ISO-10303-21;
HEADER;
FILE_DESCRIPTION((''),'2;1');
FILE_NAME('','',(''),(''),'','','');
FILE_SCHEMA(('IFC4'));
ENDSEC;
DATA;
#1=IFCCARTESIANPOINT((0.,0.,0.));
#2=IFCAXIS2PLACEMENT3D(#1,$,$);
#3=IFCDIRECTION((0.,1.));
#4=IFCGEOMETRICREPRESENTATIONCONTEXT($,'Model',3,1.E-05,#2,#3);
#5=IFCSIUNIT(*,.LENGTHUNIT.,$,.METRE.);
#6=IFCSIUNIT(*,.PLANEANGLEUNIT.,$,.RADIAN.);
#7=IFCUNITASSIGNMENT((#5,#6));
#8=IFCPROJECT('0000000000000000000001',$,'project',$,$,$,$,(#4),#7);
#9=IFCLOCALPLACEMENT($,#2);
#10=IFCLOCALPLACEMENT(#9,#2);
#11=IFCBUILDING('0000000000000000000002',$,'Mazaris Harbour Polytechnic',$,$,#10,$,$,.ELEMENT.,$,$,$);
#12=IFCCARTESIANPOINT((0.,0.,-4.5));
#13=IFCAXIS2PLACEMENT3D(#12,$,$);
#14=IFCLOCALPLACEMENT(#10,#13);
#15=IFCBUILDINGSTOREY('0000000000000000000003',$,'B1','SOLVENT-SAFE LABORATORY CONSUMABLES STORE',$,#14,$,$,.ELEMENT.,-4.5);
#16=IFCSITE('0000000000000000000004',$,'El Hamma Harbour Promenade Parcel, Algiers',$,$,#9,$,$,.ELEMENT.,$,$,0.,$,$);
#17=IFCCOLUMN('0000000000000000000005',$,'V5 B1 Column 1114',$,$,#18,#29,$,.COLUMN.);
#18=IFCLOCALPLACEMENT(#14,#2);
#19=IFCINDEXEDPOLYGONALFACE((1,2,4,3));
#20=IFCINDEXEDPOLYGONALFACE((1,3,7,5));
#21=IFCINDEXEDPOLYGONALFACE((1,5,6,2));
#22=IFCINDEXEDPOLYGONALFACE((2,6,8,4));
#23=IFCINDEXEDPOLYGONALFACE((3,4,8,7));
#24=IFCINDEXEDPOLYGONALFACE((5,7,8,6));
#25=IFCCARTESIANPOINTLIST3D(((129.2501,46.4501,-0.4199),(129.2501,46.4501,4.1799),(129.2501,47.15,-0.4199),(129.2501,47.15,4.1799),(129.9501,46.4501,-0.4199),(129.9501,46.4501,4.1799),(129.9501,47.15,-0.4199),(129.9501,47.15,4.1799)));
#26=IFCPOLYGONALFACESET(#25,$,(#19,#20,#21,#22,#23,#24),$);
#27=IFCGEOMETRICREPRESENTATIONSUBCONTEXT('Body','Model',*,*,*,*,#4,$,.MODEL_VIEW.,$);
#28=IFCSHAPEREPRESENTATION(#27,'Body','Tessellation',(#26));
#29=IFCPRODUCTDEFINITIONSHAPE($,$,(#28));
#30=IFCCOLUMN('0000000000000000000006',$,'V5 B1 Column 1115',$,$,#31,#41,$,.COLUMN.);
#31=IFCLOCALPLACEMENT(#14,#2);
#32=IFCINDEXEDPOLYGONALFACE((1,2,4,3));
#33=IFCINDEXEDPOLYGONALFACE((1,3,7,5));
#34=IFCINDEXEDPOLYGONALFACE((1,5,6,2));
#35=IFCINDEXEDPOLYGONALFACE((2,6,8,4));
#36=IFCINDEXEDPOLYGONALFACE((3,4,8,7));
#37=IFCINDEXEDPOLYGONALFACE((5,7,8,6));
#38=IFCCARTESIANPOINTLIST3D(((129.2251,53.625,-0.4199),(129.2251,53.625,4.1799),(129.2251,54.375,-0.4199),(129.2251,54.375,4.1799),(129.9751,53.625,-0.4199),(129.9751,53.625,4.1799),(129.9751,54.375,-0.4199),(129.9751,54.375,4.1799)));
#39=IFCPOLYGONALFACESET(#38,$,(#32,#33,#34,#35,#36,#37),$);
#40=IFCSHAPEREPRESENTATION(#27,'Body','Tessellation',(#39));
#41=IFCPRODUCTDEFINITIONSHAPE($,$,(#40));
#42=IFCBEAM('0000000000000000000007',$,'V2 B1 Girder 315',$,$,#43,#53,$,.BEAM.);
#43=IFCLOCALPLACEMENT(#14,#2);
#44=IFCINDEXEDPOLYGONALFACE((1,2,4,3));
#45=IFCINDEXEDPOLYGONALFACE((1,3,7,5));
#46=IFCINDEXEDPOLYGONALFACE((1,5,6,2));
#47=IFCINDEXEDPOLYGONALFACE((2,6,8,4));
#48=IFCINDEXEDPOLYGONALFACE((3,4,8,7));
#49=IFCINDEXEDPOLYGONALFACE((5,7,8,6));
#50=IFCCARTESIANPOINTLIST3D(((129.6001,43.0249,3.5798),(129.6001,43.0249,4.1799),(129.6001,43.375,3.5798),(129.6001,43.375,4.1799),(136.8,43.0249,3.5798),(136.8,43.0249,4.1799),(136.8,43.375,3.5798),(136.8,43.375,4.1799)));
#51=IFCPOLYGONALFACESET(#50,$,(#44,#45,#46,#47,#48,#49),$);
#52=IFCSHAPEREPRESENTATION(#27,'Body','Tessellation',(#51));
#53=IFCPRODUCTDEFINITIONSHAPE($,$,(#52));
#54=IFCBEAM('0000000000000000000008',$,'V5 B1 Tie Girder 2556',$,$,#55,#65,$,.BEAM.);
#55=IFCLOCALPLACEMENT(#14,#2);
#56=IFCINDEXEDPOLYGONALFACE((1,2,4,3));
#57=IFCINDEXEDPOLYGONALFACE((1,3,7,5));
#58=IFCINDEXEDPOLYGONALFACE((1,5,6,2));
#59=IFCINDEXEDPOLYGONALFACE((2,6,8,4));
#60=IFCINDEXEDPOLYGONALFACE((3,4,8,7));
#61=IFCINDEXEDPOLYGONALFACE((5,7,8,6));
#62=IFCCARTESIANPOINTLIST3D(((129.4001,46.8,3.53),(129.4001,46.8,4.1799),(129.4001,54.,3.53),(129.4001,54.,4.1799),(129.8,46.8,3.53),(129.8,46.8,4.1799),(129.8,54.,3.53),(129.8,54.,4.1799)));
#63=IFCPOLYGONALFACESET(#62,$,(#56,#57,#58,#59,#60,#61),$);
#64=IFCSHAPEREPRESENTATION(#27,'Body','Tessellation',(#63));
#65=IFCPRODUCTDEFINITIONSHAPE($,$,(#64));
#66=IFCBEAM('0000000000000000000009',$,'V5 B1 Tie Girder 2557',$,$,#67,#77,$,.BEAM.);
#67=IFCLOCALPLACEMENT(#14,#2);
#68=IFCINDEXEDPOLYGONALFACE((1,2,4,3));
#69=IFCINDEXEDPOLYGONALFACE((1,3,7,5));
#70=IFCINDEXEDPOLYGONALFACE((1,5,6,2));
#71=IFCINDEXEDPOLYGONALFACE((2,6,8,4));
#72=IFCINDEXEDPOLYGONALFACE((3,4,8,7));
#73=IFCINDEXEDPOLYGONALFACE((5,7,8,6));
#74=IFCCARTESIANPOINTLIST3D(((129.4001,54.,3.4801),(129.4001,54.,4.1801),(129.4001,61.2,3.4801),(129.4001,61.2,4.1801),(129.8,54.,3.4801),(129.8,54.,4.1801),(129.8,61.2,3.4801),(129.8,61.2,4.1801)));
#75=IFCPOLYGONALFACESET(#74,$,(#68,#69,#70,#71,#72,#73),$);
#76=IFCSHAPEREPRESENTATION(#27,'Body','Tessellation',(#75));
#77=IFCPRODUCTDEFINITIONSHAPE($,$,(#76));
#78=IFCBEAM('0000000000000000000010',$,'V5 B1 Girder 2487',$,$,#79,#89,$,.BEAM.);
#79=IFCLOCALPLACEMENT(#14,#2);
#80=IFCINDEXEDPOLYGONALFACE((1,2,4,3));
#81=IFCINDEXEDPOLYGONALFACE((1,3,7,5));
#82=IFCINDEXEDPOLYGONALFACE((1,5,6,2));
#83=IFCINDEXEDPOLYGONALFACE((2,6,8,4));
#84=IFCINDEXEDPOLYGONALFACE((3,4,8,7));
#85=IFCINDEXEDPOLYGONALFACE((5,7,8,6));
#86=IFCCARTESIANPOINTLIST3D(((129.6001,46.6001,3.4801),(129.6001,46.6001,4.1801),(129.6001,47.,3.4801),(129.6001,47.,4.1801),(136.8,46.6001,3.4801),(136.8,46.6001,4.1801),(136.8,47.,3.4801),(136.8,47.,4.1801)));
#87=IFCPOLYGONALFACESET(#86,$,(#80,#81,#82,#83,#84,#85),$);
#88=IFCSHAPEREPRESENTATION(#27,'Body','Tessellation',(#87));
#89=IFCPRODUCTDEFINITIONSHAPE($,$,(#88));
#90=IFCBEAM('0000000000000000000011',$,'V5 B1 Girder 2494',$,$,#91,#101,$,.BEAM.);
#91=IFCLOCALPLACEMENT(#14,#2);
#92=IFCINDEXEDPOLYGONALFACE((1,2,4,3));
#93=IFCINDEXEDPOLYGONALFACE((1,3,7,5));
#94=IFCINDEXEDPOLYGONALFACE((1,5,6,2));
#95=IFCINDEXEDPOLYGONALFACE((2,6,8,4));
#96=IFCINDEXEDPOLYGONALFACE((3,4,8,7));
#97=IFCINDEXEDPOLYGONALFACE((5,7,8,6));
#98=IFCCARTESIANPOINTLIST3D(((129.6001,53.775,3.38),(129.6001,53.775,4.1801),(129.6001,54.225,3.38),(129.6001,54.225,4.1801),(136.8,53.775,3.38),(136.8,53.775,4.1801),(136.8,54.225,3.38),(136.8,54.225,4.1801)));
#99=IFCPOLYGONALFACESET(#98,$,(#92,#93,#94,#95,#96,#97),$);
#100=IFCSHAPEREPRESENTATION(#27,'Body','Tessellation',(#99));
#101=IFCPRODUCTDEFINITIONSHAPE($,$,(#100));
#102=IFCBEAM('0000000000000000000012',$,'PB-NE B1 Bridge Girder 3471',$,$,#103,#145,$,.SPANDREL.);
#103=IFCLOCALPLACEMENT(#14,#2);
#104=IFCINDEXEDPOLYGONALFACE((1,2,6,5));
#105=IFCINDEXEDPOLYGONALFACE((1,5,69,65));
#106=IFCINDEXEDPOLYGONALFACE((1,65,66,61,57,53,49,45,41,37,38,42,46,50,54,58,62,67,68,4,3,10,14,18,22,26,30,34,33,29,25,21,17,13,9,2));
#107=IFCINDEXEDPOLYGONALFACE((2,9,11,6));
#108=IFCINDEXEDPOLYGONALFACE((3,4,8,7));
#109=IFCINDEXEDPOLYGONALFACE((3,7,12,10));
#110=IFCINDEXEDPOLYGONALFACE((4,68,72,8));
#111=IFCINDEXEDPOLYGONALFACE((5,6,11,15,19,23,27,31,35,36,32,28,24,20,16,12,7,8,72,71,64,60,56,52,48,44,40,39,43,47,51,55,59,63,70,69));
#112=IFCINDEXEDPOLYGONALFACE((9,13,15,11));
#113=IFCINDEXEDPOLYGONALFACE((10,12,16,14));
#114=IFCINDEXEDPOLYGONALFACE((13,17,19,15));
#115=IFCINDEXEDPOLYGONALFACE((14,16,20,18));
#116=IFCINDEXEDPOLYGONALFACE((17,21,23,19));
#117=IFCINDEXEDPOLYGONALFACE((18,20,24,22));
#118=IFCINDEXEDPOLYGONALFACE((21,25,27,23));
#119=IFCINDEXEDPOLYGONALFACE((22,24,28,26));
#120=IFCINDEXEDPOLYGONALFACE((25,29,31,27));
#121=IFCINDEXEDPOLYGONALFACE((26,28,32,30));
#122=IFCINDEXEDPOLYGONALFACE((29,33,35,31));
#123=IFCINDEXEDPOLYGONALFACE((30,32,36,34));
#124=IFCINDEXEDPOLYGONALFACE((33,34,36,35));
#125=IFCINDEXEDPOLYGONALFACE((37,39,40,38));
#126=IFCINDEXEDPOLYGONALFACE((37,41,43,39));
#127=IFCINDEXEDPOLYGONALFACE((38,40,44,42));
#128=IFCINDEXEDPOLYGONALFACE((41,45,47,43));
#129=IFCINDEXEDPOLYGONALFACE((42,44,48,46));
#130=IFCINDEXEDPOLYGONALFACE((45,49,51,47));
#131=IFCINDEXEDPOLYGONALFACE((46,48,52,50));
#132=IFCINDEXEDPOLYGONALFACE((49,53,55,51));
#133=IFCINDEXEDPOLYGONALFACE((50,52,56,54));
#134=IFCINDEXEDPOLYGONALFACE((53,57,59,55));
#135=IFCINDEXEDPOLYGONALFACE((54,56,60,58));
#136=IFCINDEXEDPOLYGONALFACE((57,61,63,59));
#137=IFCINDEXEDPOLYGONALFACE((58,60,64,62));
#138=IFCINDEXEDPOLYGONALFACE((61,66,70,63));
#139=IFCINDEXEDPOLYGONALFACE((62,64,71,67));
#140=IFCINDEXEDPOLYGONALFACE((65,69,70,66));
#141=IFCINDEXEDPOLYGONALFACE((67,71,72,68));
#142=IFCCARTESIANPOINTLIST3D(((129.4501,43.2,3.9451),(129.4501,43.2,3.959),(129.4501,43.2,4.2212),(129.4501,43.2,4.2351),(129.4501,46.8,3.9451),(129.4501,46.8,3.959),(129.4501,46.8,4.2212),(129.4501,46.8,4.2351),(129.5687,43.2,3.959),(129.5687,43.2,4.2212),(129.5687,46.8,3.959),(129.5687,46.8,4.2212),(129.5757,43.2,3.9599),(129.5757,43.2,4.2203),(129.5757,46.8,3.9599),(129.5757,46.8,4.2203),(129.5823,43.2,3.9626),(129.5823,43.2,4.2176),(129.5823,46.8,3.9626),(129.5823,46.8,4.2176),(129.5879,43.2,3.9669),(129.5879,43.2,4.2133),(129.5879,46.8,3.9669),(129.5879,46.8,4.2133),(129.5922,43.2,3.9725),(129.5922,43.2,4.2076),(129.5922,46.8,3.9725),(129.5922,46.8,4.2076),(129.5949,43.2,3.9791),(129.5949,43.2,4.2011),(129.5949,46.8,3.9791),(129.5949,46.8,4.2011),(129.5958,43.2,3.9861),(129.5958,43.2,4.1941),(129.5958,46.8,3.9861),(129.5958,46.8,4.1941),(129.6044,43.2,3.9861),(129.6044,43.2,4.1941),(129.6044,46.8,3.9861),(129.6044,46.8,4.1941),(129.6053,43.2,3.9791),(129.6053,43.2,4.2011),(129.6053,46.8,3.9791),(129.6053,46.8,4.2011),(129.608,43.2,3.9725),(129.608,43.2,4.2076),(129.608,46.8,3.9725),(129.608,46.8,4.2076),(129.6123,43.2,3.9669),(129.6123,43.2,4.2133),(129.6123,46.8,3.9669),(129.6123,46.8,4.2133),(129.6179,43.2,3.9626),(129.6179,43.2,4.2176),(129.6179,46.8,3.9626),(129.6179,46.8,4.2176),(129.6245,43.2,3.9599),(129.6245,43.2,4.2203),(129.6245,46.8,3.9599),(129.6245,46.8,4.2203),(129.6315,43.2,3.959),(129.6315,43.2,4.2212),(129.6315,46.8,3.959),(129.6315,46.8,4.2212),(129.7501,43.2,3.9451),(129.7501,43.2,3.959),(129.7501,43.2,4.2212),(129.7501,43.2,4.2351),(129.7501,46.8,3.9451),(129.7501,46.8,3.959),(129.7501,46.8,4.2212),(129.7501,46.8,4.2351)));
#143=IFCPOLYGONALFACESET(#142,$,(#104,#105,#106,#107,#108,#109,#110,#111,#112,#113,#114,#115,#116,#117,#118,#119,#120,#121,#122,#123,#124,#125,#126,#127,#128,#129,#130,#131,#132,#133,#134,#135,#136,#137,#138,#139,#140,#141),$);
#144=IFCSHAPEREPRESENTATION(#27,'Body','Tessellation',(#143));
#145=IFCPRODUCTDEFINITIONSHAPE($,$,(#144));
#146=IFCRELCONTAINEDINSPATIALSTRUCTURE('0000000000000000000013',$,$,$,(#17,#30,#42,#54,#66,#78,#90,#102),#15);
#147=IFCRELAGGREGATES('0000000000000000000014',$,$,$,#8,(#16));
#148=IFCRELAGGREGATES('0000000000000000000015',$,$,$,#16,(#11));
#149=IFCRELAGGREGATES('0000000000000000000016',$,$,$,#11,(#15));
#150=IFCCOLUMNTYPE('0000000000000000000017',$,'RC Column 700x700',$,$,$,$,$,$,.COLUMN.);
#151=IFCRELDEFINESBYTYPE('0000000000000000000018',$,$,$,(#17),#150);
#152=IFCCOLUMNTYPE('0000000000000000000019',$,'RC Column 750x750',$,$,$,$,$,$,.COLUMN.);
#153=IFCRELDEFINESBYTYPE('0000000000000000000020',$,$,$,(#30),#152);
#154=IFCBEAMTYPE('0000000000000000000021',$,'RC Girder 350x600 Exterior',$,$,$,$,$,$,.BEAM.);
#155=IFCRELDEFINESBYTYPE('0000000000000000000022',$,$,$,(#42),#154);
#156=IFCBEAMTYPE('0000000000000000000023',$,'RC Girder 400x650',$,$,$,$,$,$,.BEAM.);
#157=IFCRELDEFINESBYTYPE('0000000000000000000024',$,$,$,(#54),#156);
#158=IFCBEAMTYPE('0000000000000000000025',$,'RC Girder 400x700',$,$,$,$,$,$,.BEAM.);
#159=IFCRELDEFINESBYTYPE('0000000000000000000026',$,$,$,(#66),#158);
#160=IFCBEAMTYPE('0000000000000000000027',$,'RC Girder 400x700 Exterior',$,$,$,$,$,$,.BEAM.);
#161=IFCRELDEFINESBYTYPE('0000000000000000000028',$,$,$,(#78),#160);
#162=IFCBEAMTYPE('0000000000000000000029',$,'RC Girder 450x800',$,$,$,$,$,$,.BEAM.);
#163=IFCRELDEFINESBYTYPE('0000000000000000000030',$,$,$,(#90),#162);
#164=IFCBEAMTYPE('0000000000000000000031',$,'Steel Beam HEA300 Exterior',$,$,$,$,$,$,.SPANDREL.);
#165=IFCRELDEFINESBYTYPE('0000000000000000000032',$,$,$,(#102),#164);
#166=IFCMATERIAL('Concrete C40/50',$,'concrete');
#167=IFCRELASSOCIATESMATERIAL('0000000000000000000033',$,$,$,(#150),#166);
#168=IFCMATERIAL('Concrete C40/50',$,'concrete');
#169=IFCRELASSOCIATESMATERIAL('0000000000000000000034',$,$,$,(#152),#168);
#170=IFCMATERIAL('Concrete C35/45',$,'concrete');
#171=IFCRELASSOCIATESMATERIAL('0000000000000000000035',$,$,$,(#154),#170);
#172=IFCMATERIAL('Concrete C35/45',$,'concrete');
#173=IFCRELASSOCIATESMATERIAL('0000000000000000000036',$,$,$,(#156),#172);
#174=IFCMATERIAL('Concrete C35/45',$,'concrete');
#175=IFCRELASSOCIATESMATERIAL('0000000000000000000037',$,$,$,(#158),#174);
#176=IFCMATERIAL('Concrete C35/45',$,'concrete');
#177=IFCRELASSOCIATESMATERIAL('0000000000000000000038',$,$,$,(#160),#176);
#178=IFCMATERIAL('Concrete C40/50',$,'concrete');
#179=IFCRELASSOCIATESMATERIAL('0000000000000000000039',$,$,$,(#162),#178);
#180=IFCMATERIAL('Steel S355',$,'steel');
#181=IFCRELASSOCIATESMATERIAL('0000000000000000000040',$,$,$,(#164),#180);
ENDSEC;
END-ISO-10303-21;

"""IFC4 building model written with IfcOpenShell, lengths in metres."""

from ifc_helpers import new_model, si_unit, direction, frame, origin, origin_2d, place, context, subcontext, project, spatial, rectangle, i_section, extrude, material, material_profile, profile_set, type_object, element, save


model = new_model("IFC4")

# Units and contexts
model_context = context("Model", 3, precision=1e-05, world=origin(), true_north=direction((0.0, 1.0)))
body_context = subcontext(model_context, "Body", "Model", "MODEL_VIEW")
ifc_project = project(units=[si_unit("LENGTHUNIT", "METRE"), si_unit("PLANEANGLEUNIT", "RADIAN")], contexts=[model_context])

# Site, building, storey
site_placement = place(None, origin())
site = spatial("IfcSite", under=ifc_project, at=site_placement, Name="El Hamma Harbour Promenade Parcel, Algiers", CompositionType="ELEMENT", RefElevation=0.0)
building_placement = place(site_placement, origin())
building = spatial("IfcBuilding", under=site, at=building_placement, Name="Mazaris Harbour Polytechnic", CompositionType="ELEMENT")
storey_placement = place(building_placement, frame((0.0, 0.0, -4.5)))
storey = spatial("IfcBuildingStorey", under=building, at=storey_placement, Name="B1", Description="SOLVENT-SAFE LABORATORY CONSUMABLES STORE", CompositionType="ELEMENT", Elevation=-4.5)

# Columns
ifc_material_1 = material(Name="Concrete C40/50", Category="concrete")
ifc_material_profile_1 = material_profile(ifc_material_1, rectangle(XDim=0.7, YDim=0.7, at=origin_2d()), Name="RECT700x700")
ifc_profile_set_1 = profile_set([ifc_material_profile_1], Name="Concrete C40/50")
column_type_1 = type_object("IfcColumnType", Name="RC Column 700x700", PredefinedType="COLUMN", material=ifc_profile_set_1)
column_1_placement = place(storey_placement, frame((129.6001, 46.8, -0.4199), z_axis=(0.0, 0.0, 1.0), x_axis=(1.0, 0.0, 0.0)))
element("IfcColumn", 1, at=column_1_placement, inside=storey, type_object=column_type_1, Name="V5 B1 Column 1114", PredefinedType="COLUMN", context=body_context, shape_type="SweptSolid", body=[
    extrude(rectangle(XDim=0.7, YDim=0.7, at=origin_2d()), origin(), (0.0, 0.0, 1.0), 4.5999),
])
ifc_material_2 = material(Name="Concrete C40/50", Category="concrete")
ifc_material_profile_2 = material_profile(ifc_material_2, rectangle(XDim=0.75, YDim=0.75, at=origin_2d()), Name="RECT750x750")
ifc_profile_set_2 = profile_set([ifc_material_profile_2], Name="Concrete C40/50")
column_type_2 = type_object("IfcColumnType", Name="RC Column 750x750", PredefinedType="COLUMN", material=ifc_profile_set_2)
column_2_placement = place(storey_placement, frame((129.6001, 54.0, -0.4199), z_axis=(0.0, 0.0, 1.0), x_axis=(1.0, 0.0, 0.0)))
element("IfcColumn", 2, at=column_2_placement, inside=storey, type_object=column_type_2, Name="V5 B1 Column 1115", PredefinedType="COLUMN", context=body_context, shape_type="SweptSolid", body=[
    extrude(rectangle(XDim=0.75, YDim=0.75, at=origin_2d()), origin(), (0.0, 0.0, 1.0), 4.5999),
])

# Beams
ifc_material_3 = material(Name="Concrete C35/45", Category="concrete")
ifc_material_profile_3 = material_profile(ifc_material_3, rectangle(XDim=0.3501, YDim=0.6001, at=origin_2d()), Name="RECT350x600")
ifc_profile_set_3 = profile_set([ifc_material_profile_3], Name="Concrete C35/45")
beam_type_1 = type_object("IfcBeamType", Name="RC Girder 350x600 Exterior", PredefinedType="BEAM", material=ifc_profile_set_3)
beam_1_placement = place(storey_placement, frame((129.6001, 43.2, 3.8799), z_axis=(1.0, 0.0, 0.0), x_axis=(0.0, 1.0, 0.0)))
element("IfcBeam", 3, at=beam_1_placement, inside=storey, type_object=beam_type_1, Name="V2 B1 Girder 315", PredefinedType="BEAM", context=body_context, shape_type="SweptSolid", body=[
    extrude(rectangle(XDim=0.3501, YDim=0.6001, at=origin_2d()), origin(), (0.0, 0.0, 1.0), 7.2),
])
ifc_material_4 = material(Name="Concrete C35/45", Category="concrete")
ifc_material_profile_4 = material_profile(ifc_material_4, rectangle(XDim=0.3999, YDim=0.6499, at=origin_2d()), Name="RECT400x650")
ifc_profile_set_4 = profile_set([ifc_material_profile_4], Name="Concrete C35/45")
beam_type_2 = type_object("IfcBeamType", Name="RC Girder 400x650", PredefinedType="BEAM", material=ifc_profile_set_4)
beam_2_placement = place(storey_placement, frame((129.6001, 46.8, 3.855), z_axis=(0.0, 1.0, 0.0), x_axis=(-1.0, 0.0, 0.0)))
element("IfcBeam", 4, at=beam_2_placement, inside=storey, type_object=beam_type_2, Name="V5 B1 Tie Girder 2556", PredefinedType="BEAM", context=body_context, shape_type="SweptSolid", body=[
    extrude(rectangle(XDim=0.3999, YDim=0.6499, at=origin_2d()), origin(), (0.0, 0.0, 1.0), 7.2),
])
ifc_material_5 = material(Name="Concrete C35/45", Category="concrete")
ifc_material_profile_5 = material_profile(ifc_material_5, rectangle(XDim=0.3999, YDim=0.7, at=origin_2d()), Name="RECT400x700")
ifc_profile_set_5 = profile_set([ifc_material_profile_5], Name="Concrete C35/45")
beam_type_3 = type_object("IfcBeamType", Name="RC Girder 400x700", PredefinedType="BEAM", material=ifc_profile_set_5)
beam_3_placement = place(storey_placement, frame((129.6001, 54.0, 3.8301), z_axis=(0.0, 1.0, 0.0), x_axis=(-1.0, 0.0, 0.0)))
element("IfcBeam", 5, at=beam_3_placement, inside=storey, type_object=beam_type_3, Name="V5 B1 Tie Girder 2557", PredefinedType="BEAM", context=body_context, shape_type="SweptSolid", body=[
    extrude(rectangle(XDim=0.3999, YDim=0.7, at=origin_2d()), origin(), (0.0, 0.0, 1.0), 7.2),
])
ifc_material_6 = material(Name="Concrete C35/45", Category="concrete")
ifc_material_profile_6 = material_profile(ifc_material_6, rectangle(XDim=0.3999, YDim=0.7, at=origin_2d()), Name="RECT400x700")
ifc_profile_set_6 = profile_set([ifc_material_profile_6], Name="Concrete C35/45")
beam_type_4 = type_object("IfcBeamType", Name="RC Girder 400x700 Exterior", PredefinedType="BEAM", material=ifc_profile_set_6)
beam_4_placement = place(storey_placement, frame((129.6001, 46.8, 3.8301), z_axis=(1.0, 0.0, 0.0), x_axis=(0.0, 1.0, 0.0)))
element("IfcBeam", 6, at=beam_4_placement, inside=storey, type_object=beam_type_4, Name="V5 B1 Girder 2487", PredefinedType="BEAM", context=body_context, shape_type="SweptSolid", body=[
    extrude(rectangle(XDim=0.3999, YDim=0.7, at=origin_2d()), origin(), (0.0, 0.0, 1.0), 7.2),
])
ifc_material_7 = material(Name="Concrete C40/50", Category="concrete")
ifc_material_profile_7 = material_profile(ifc_material_7, rectangle(XDim=0.45, YDim=0.8, at=origin_2d()), Name="RECT450x800")
ifc_profile_set_7 = profile_set([ifc_material_profile_7], Name="Concrete C40/50")
beam_type_5 = type_object("IfcBeamType", Name="RC Girder 450x800", PredefinedType="BEAM", material=ifc_profile_set_7)
beam_5_placement = place(storey_placement, frame((129.6001, 54.0, 3.78), z_axis=(1.0, 0.0, 0.0), x_axis=(0.0, 1.0, 0.0)))
element("IfcBeam", 7, at=beam_5_placement, inside=storey, type_object=beam_type_5, Name="V5 B1 Girder 2494", PredefinedType="BEAM", context=body_context, shape_type="SweptSolid", body=[
    extrude(rectangle(XDim=0.45, YDim=0.8, at=origin_2d()), origin(), (0.0, 0.0, 1.0), 7.2),
])
ifc_material_8 = material(Name="Steel S355", Category="steel")
ifc_material_profile_8 = material_profile(ifc_material_8, i_section(OverallWidth=0.3, OverallDepth=0.29, WebThickness=0.0085, FlangeThickness=0.0139, FilletRadius=0.0271, at=origin_2d()), Name="HEA 300")
ifc_profile_set_8 = profile_set([ifc_material_profile_8], Name="Steel S355")
beam_type_6 = type_object("IfcBeamType", Name="Steel Beam HEA300 Exterior", PredefinedType="SPANDREL", material=ifc_profile_set_8)
beam_6_placement = place(storey_placement, frame((129.6001, 43.2, 4.0901), z_axis=(0.0, 1.0, 0.0), x_axis=(-1.0, 0.0, 0.0)))
element("IfcBeam", 8, at=beam_6_placement, inside=storey, type_object=beam_type_6, Name="PB-NE B1 Bridge Girder 3471", PredefinedType="SPANDREL", context=body_context, shape_type="SweptSolid", body=[
    extrude(i_section(OverallWidth=0.3, OverallDepth=0.29, WebThickness=0.0085, FlangeThickness=0.0139, FilletRadius=0.0271, at=origin_2d()), origin(), (0.0, 0.0, 1.0), 3.6001),
])

save(model, "model.ifc")
